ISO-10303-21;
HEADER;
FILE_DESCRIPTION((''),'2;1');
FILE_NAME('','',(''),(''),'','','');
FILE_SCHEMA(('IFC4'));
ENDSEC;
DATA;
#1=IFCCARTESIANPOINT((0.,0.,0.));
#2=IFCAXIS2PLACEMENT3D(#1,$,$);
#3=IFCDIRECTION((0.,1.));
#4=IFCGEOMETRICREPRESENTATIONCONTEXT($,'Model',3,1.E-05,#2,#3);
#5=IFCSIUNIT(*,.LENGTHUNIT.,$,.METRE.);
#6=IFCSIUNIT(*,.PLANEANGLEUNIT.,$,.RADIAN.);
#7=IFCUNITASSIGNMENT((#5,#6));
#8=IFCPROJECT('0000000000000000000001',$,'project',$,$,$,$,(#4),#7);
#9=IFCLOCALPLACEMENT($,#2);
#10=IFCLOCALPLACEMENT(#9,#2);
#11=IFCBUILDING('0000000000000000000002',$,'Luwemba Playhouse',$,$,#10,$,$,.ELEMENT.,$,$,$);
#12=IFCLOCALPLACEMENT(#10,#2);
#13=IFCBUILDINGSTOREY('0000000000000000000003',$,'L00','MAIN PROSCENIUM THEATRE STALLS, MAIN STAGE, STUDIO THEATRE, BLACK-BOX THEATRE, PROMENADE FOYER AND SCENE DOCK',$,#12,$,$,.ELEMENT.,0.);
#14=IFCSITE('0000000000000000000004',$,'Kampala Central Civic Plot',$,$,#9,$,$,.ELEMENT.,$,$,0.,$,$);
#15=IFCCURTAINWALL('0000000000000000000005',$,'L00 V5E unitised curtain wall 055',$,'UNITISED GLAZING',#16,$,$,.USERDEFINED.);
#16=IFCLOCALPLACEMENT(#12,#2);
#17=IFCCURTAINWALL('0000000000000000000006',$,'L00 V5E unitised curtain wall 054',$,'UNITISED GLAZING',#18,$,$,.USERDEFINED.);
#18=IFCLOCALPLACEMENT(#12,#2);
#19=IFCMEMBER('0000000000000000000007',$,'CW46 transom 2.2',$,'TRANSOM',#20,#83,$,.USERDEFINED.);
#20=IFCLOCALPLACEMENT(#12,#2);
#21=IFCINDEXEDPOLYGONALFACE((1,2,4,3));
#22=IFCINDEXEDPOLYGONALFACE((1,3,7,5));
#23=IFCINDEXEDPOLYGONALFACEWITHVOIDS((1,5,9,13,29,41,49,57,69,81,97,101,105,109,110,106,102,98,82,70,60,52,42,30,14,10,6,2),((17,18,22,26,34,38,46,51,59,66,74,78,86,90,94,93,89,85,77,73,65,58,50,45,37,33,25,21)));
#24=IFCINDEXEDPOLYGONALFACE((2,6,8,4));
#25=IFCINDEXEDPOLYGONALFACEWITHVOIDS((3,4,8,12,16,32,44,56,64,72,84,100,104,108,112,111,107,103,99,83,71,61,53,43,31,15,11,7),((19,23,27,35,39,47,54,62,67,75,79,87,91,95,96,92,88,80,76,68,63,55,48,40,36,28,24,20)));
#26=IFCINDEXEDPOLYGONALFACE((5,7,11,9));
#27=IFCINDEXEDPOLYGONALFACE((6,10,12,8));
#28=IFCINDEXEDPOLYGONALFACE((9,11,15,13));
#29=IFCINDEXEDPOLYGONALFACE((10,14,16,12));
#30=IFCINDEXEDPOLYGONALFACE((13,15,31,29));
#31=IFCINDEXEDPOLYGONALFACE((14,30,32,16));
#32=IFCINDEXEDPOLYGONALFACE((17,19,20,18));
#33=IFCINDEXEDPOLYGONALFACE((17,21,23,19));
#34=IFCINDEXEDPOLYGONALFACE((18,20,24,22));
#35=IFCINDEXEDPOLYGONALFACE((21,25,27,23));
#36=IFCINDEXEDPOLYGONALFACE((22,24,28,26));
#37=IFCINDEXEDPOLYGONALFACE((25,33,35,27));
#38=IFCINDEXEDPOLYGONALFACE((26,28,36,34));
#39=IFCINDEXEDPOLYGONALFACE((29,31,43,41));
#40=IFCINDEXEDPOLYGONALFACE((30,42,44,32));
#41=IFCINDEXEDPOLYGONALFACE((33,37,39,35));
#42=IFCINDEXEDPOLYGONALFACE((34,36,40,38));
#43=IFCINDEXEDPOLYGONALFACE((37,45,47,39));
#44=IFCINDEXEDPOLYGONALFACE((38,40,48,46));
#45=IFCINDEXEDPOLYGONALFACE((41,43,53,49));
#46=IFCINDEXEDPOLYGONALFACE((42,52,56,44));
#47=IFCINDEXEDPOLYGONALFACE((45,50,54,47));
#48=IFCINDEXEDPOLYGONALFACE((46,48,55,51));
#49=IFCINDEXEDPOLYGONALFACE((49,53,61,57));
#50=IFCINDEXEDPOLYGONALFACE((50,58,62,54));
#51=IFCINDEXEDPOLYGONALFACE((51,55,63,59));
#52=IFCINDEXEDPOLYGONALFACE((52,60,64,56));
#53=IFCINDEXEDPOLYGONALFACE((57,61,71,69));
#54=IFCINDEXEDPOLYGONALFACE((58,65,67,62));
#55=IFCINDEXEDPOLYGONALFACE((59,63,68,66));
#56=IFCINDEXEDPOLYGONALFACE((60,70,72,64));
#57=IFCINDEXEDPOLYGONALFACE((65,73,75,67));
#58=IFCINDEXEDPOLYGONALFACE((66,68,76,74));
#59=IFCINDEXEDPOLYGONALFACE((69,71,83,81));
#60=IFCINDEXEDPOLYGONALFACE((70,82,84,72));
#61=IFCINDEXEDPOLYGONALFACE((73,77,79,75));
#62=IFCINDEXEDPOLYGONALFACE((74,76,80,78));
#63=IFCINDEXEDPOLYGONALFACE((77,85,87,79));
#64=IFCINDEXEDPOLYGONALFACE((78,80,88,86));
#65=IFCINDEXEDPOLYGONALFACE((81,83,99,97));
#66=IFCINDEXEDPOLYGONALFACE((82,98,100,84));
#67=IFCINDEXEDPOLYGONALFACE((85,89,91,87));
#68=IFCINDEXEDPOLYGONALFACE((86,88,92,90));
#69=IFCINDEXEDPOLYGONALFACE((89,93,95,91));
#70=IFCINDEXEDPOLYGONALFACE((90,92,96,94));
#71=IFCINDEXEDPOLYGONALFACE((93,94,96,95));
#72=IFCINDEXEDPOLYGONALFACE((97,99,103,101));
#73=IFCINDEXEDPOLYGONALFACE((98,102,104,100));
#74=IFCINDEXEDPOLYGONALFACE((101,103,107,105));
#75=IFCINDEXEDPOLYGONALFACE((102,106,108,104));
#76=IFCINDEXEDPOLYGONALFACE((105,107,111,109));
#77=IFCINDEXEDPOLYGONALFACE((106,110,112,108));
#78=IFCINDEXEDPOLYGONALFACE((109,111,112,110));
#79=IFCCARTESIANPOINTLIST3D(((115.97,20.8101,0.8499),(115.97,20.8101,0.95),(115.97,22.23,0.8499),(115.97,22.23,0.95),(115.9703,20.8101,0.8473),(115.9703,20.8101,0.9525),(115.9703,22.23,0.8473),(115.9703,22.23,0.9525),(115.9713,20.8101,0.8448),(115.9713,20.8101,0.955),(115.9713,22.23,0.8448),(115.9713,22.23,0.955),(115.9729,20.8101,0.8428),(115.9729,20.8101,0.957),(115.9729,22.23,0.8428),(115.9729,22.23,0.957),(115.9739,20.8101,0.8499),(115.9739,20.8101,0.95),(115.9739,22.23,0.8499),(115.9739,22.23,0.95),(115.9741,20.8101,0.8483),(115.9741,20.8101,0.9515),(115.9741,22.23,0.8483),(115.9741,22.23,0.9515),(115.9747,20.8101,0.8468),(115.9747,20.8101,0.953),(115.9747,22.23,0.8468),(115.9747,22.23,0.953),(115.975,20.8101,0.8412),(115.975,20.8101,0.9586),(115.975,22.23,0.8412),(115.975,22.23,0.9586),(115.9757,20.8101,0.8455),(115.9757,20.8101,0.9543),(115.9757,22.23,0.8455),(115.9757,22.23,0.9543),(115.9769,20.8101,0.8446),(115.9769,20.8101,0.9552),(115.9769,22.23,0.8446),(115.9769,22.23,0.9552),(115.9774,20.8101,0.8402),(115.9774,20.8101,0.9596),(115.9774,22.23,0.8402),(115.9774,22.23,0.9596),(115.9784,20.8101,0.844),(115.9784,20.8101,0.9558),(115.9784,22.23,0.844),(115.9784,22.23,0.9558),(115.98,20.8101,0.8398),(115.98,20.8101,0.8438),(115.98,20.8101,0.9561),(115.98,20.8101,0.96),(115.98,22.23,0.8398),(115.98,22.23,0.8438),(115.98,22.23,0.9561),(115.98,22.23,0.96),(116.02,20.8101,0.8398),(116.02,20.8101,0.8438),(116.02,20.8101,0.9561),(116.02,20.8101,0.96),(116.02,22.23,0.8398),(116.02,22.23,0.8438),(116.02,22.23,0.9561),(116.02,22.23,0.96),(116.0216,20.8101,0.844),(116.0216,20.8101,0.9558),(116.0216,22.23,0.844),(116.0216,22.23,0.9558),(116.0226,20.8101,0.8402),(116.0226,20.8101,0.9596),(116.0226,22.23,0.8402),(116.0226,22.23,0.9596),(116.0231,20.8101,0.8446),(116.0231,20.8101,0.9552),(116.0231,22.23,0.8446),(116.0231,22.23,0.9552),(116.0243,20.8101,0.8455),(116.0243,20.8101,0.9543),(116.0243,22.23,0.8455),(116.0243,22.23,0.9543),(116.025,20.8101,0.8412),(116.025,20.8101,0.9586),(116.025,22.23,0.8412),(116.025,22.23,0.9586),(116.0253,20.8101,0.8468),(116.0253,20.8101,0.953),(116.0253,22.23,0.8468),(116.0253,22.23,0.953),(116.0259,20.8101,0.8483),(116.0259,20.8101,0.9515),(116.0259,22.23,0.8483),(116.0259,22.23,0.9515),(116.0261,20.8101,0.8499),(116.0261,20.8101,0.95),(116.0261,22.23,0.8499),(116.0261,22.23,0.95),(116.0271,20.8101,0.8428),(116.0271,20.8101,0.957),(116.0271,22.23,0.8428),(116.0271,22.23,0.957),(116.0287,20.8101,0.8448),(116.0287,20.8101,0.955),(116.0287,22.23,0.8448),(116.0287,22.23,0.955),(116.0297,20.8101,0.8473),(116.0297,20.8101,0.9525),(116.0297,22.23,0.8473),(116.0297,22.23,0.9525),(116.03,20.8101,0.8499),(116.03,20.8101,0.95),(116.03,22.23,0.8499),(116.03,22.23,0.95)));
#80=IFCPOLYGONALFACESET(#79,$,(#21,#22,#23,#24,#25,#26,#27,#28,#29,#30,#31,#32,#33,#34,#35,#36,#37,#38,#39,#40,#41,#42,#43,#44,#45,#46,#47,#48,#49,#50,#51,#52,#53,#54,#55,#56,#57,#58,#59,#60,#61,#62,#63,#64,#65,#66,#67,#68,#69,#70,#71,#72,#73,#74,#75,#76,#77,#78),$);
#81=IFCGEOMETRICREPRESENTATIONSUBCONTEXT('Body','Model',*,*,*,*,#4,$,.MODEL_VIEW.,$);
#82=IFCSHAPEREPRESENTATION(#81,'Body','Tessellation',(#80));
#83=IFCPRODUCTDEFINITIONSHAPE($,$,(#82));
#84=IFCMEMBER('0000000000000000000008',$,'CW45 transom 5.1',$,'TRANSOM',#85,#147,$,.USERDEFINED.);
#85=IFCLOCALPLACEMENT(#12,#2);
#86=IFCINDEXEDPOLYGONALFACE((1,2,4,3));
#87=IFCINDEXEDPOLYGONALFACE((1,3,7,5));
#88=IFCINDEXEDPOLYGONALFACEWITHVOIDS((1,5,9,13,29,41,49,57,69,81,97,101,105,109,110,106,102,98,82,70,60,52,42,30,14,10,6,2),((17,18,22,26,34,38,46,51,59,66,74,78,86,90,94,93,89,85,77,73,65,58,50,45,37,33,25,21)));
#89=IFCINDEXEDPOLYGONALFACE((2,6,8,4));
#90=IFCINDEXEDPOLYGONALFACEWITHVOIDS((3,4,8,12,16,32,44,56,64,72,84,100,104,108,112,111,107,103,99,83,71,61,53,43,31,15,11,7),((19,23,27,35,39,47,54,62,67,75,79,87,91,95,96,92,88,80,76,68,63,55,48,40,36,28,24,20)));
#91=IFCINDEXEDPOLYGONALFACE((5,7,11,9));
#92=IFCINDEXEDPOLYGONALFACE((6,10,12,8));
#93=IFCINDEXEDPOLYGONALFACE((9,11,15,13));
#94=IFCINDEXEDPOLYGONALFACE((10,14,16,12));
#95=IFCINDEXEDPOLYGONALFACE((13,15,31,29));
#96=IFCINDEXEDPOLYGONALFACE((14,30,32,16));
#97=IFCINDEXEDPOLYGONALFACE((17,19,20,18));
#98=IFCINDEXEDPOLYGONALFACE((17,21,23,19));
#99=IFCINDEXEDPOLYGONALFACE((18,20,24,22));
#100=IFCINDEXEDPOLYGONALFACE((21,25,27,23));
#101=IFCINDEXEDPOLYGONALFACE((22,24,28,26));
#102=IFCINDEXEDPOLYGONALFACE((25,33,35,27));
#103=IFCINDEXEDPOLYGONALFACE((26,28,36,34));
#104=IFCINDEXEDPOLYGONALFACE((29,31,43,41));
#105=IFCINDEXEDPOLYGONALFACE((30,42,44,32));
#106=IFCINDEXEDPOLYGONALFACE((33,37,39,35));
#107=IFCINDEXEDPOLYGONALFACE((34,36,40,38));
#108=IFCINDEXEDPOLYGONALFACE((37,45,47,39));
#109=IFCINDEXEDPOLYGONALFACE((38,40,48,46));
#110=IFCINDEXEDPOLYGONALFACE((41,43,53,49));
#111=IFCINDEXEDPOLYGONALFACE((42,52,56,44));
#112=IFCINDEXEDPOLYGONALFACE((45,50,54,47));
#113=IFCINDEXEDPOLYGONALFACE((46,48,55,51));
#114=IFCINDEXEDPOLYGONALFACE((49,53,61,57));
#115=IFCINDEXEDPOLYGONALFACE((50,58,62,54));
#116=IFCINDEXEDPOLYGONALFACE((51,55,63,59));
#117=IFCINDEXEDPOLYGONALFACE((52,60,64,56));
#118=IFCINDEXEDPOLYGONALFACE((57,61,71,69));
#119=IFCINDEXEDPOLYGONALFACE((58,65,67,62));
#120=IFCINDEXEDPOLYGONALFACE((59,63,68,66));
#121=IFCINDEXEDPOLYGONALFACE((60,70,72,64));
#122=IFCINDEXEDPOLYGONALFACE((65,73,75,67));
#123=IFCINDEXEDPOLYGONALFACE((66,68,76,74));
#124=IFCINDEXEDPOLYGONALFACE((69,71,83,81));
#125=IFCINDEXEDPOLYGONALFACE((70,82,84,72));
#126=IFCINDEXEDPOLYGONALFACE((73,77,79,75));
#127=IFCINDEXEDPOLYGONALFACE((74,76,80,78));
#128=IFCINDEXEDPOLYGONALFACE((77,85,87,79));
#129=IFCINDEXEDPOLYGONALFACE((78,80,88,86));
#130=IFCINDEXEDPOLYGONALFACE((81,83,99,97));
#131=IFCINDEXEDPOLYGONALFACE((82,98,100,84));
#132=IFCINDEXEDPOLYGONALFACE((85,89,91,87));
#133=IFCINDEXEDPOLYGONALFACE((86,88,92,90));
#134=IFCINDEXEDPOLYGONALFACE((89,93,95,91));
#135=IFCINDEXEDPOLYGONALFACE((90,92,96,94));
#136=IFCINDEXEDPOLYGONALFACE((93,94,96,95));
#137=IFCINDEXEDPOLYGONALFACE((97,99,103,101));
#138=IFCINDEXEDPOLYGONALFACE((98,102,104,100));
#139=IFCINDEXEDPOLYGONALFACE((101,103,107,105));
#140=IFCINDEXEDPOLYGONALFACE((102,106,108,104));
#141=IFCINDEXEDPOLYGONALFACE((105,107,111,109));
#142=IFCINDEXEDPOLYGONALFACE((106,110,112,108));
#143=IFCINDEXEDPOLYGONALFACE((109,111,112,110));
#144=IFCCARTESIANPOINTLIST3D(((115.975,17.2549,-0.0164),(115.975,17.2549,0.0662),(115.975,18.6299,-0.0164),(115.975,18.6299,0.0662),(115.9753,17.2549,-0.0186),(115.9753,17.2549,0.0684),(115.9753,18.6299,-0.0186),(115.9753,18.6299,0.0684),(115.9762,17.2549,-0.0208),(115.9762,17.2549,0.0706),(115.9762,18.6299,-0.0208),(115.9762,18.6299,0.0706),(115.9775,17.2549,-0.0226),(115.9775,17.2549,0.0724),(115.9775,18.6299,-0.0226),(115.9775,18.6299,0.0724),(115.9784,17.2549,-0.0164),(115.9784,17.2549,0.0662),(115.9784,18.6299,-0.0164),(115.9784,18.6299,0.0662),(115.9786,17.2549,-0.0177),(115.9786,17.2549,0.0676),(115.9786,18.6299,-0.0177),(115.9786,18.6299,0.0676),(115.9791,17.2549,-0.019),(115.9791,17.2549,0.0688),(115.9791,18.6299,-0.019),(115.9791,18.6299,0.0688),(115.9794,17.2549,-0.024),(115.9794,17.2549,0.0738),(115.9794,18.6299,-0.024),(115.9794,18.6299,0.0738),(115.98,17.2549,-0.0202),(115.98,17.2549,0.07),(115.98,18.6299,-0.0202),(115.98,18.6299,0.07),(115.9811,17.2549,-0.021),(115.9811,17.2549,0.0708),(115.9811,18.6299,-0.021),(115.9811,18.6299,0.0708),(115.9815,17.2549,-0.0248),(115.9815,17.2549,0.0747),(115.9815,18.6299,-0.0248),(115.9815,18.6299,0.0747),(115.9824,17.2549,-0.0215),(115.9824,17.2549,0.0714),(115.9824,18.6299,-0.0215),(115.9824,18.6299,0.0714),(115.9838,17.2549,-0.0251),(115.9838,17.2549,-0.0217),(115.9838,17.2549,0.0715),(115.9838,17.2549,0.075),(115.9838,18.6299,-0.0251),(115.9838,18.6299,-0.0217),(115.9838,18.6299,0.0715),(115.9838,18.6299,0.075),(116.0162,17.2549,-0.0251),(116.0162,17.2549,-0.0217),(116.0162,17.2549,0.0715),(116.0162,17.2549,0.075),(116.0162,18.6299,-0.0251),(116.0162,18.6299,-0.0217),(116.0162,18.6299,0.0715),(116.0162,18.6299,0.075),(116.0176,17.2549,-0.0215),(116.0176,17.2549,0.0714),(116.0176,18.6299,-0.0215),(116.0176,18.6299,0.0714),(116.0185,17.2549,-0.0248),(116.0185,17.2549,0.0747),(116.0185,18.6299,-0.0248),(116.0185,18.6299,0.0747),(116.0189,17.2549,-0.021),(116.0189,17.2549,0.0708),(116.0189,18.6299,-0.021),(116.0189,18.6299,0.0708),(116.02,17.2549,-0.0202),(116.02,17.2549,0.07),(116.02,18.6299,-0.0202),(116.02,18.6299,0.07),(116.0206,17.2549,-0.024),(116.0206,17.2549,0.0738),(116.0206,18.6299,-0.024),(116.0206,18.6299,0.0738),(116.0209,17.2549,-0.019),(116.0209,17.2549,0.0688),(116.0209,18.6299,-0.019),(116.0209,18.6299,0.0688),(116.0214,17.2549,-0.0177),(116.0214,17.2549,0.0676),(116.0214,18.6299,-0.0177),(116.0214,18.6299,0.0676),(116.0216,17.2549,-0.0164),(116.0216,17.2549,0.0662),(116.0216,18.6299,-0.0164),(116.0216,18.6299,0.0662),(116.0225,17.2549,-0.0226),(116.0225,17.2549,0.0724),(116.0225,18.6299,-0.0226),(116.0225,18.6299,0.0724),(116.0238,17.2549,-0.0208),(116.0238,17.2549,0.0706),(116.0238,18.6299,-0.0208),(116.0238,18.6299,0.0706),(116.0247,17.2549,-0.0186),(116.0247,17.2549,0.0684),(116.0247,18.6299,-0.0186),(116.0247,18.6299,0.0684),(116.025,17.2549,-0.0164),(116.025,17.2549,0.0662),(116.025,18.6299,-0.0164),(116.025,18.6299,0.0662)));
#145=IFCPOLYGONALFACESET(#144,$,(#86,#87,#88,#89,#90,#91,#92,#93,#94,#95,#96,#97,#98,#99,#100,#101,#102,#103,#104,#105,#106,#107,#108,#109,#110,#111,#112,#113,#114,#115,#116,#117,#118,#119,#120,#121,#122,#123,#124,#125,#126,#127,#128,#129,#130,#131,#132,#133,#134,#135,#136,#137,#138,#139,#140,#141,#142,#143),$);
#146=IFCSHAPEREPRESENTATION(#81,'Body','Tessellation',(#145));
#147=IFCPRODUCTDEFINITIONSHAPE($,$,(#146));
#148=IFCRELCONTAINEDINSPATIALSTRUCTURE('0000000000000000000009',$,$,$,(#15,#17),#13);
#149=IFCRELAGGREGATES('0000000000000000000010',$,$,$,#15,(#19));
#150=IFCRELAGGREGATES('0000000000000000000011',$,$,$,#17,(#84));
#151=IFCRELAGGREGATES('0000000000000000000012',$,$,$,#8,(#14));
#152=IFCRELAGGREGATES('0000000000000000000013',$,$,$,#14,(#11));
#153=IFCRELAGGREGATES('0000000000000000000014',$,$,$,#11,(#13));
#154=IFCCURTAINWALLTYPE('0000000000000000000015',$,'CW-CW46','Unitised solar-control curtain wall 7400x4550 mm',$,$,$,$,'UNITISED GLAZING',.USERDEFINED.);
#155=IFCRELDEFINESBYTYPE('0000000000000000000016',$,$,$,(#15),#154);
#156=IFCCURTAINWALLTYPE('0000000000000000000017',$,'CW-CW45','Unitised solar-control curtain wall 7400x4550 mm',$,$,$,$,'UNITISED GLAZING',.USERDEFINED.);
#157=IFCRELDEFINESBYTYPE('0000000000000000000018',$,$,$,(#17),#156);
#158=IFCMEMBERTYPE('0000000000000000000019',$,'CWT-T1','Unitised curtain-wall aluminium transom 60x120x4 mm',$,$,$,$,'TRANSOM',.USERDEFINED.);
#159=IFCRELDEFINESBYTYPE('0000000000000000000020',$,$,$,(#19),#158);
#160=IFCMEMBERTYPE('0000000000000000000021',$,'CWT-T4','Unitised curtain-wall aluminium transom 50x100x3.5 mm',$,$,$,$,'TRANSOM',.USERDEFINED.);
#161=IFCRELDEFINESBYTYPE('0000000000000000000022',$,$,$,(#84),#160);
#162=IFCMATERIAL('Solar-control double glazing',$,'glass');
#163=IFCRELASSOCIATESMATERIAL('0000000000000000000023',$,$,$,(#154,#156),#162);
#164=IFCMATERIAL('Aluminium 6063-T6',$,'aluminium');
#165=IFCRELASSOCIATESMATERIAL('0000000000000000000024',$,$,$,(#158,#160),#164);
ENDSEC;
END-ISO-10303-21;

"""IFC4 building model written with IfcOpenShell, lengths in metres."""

from ifc_helpers import new_model, si_unit, direction, frame, origin, origin_2d, place, context, subcontext, project, spatial, hollow_rectangle, extrude, material, material_profile, profile_set, type_object, element, aggregate, save


model = new_model("IFC4")

# Units and contexts
model_context = context("Model", 3, precision=1e-05, world=origin(), true_north=direction((0.0, 1.0)))
body_context = subcontext(model_context, "Body", "Model", "MODEL_VIEW")
ifc_project = project(units=[si_unit("LENGTHUNIT", "METRE"), si_unit("PLANEANGLEUNIT", "RADIAN")], contexts=[model_context])

# Site, building, storey
site_placement = place(None, origin())
site = spatial("IfcSite", under=ifc_project, at=site_placement, Name="Kampala Central Civic Plot", CompositionType="ELEMENT", RefElevation=0.0)
building_placement = place(site_placement, origin())
building = spatial("IfcBuilding", under=site, at=building_placement, Name="Luwemba Playhouse", CompositionType="ELEMENT")
storey_placement = place(building_placement, origin())
storey = spatial("IfcBuildingStorey", under=building, at=storey_placement, Name="L00", Description="MAIN PROSCENIUM THEATRE STALLS, MAIN STAGE, STUDIO THEATRE, BLACK-BOX THEATRE, PROMENADE FOYER AND SCENE DOCK", CompositionType="ELEMENT", Elevation=0.0)

# Curtain wall
ifc_material_1 = material(Name="Solar-control double glazing", Category="glass")
curtain_wall_type_1 = type_object("IfcCurtainWallType", Name="CW-CW46", Description="Unitised solar-control curtain wall 7400x4550 mm", ElementType="UNITISED GLAZING", PredefinedType="USERDEFINED", material=ifc_material_1)
curtain_wall_1_placement = place(storey_placement, origin())
curtain_wall_1 = element("IfcCurtainWall", 1, at=curtain_wall_1_placement, inside=storey, type_object=curtain_wall_type_1, Name="L00 V5E unitised curtain wall 055", ObjectType="UNITISED GLAZING", PredefinedType="USERDEFINED")
ifc_material_2 = material(Name="Aluminium 6063-T6", Category="aluminium")

# Curtain wall
curtain_wall_type_2 = type_object("IfcCurtainWallType", Name="CW-CW45", Description="Unitised solar-control curtain wall 7400x4550 mm", ElementType="UNITISED GLAZING", PredefinedType="USERDEFINED", material=ifc_material_1)
curtain_wall_2_placement = place(storey_placement, origin())
curtain_wall_2 = element("IfcCurtainWall", 2, at=curtain_wall_2_placement, inside=storey, type_object=curtain_wall_type_2, Name="L00 V5E unitised curtain wall 054", ObjectType="UNITISED GLAZING", PredefinedType="USERDEFINED")

# Members
ifc_material_profile_1 = material_profile(ifc_material_2, hollow_rectangle(XDim=0.0601, YDim=0.1201, WallThickness=0.0039, InnerFilletRadius=0.0061, OuterFilletRadius=0.01, at=origin_2d()))
ifc_profile_set_1 = profile_set([ifc_material_profile_1], Name="Aluminium 6063-T6")
member_type_1 = type_object("IfcMemberType", Name="CWT-T1", Description="Unitised curtain-wall aluminium transom 60x120x4 mm", ElementType="TRANSOM", PredefinedType="USERDEFINED", material=ifc_profile_set_1)
member_1_placement = place(storey_placement, frame((116.0, 20.8101, 0.8999), z_axis=(0.0, 1.0, 0.0), x_axis=(-1.0, 0.0, 0.0)))
member_1 = element("IfcMember", 3, at=member_1_placement, type_object=member_type_1, Name="CW46 transom 2.2", ObjectType="TRANSOM", PredefinedType="USERDEFINED", context=body_context, shape_type="SweptSolid", body=[
    extrude(hollow_rectangle(XDim=0.0601, YDim=0.1201, WallThickness=0.0039, InnerFilletRadius=0.0061, OuterFilletRadius=0.01, at=origin_2d()), origin(), (0.0, 0.0, 1.0), 1.4199),
])
ifc_material_profile_2 = material_profile(ifc_material_2, hollow_rectangle(XDim=0.05, YDim=0.1001, WallThickness=0.0034, InnerFilletRadius=0.0054, OuterFilletRadius=0.0088, at=origin_2d()))
ifc_profile_set_2 = profile_set([ifc_material_profile_2], Name="Aluminium 6063-T6")
member_type_2 = type_object("IfcMemberType", Name="CWT-T4", Description="Unitised curtain-wall aluminium transom 50x100x3.5 mm", ElementType="TRANSOM", PredefinedType="USERDEFINED", material=ifc_profile_set_2)
member_2_placement = place(storey_placement, frame((116.0, 17.2549, 0.0249), z_axis=(0.0, 1.0, 0.0), x_axis=(-1.0, 0.0, 0.0)))
member_2 = element("IfcMember", 4, at=member_2_placement, type_object=member_type_2, Name="CW45 transom 5.1", ObjectType="TRANSOM", PredefinedType="USERDEFINED", context=body_context, shape_type="SweptSolid", body=[
    extrude(hollow_rectangle(XDim=0.05, YDim=0.1001, WallThickness=0.0034, InnerFilletRadius=0.0054, OuterFilletRadius=0.0088, at=origin_2d()), origin(), (0.0, 0.0, 1.0), 1.375),
])

aggregate(curtain_wall_1, [member_1])
aggregate(curtain_wall_2, [member_2])

save(model, "model.ifc")
